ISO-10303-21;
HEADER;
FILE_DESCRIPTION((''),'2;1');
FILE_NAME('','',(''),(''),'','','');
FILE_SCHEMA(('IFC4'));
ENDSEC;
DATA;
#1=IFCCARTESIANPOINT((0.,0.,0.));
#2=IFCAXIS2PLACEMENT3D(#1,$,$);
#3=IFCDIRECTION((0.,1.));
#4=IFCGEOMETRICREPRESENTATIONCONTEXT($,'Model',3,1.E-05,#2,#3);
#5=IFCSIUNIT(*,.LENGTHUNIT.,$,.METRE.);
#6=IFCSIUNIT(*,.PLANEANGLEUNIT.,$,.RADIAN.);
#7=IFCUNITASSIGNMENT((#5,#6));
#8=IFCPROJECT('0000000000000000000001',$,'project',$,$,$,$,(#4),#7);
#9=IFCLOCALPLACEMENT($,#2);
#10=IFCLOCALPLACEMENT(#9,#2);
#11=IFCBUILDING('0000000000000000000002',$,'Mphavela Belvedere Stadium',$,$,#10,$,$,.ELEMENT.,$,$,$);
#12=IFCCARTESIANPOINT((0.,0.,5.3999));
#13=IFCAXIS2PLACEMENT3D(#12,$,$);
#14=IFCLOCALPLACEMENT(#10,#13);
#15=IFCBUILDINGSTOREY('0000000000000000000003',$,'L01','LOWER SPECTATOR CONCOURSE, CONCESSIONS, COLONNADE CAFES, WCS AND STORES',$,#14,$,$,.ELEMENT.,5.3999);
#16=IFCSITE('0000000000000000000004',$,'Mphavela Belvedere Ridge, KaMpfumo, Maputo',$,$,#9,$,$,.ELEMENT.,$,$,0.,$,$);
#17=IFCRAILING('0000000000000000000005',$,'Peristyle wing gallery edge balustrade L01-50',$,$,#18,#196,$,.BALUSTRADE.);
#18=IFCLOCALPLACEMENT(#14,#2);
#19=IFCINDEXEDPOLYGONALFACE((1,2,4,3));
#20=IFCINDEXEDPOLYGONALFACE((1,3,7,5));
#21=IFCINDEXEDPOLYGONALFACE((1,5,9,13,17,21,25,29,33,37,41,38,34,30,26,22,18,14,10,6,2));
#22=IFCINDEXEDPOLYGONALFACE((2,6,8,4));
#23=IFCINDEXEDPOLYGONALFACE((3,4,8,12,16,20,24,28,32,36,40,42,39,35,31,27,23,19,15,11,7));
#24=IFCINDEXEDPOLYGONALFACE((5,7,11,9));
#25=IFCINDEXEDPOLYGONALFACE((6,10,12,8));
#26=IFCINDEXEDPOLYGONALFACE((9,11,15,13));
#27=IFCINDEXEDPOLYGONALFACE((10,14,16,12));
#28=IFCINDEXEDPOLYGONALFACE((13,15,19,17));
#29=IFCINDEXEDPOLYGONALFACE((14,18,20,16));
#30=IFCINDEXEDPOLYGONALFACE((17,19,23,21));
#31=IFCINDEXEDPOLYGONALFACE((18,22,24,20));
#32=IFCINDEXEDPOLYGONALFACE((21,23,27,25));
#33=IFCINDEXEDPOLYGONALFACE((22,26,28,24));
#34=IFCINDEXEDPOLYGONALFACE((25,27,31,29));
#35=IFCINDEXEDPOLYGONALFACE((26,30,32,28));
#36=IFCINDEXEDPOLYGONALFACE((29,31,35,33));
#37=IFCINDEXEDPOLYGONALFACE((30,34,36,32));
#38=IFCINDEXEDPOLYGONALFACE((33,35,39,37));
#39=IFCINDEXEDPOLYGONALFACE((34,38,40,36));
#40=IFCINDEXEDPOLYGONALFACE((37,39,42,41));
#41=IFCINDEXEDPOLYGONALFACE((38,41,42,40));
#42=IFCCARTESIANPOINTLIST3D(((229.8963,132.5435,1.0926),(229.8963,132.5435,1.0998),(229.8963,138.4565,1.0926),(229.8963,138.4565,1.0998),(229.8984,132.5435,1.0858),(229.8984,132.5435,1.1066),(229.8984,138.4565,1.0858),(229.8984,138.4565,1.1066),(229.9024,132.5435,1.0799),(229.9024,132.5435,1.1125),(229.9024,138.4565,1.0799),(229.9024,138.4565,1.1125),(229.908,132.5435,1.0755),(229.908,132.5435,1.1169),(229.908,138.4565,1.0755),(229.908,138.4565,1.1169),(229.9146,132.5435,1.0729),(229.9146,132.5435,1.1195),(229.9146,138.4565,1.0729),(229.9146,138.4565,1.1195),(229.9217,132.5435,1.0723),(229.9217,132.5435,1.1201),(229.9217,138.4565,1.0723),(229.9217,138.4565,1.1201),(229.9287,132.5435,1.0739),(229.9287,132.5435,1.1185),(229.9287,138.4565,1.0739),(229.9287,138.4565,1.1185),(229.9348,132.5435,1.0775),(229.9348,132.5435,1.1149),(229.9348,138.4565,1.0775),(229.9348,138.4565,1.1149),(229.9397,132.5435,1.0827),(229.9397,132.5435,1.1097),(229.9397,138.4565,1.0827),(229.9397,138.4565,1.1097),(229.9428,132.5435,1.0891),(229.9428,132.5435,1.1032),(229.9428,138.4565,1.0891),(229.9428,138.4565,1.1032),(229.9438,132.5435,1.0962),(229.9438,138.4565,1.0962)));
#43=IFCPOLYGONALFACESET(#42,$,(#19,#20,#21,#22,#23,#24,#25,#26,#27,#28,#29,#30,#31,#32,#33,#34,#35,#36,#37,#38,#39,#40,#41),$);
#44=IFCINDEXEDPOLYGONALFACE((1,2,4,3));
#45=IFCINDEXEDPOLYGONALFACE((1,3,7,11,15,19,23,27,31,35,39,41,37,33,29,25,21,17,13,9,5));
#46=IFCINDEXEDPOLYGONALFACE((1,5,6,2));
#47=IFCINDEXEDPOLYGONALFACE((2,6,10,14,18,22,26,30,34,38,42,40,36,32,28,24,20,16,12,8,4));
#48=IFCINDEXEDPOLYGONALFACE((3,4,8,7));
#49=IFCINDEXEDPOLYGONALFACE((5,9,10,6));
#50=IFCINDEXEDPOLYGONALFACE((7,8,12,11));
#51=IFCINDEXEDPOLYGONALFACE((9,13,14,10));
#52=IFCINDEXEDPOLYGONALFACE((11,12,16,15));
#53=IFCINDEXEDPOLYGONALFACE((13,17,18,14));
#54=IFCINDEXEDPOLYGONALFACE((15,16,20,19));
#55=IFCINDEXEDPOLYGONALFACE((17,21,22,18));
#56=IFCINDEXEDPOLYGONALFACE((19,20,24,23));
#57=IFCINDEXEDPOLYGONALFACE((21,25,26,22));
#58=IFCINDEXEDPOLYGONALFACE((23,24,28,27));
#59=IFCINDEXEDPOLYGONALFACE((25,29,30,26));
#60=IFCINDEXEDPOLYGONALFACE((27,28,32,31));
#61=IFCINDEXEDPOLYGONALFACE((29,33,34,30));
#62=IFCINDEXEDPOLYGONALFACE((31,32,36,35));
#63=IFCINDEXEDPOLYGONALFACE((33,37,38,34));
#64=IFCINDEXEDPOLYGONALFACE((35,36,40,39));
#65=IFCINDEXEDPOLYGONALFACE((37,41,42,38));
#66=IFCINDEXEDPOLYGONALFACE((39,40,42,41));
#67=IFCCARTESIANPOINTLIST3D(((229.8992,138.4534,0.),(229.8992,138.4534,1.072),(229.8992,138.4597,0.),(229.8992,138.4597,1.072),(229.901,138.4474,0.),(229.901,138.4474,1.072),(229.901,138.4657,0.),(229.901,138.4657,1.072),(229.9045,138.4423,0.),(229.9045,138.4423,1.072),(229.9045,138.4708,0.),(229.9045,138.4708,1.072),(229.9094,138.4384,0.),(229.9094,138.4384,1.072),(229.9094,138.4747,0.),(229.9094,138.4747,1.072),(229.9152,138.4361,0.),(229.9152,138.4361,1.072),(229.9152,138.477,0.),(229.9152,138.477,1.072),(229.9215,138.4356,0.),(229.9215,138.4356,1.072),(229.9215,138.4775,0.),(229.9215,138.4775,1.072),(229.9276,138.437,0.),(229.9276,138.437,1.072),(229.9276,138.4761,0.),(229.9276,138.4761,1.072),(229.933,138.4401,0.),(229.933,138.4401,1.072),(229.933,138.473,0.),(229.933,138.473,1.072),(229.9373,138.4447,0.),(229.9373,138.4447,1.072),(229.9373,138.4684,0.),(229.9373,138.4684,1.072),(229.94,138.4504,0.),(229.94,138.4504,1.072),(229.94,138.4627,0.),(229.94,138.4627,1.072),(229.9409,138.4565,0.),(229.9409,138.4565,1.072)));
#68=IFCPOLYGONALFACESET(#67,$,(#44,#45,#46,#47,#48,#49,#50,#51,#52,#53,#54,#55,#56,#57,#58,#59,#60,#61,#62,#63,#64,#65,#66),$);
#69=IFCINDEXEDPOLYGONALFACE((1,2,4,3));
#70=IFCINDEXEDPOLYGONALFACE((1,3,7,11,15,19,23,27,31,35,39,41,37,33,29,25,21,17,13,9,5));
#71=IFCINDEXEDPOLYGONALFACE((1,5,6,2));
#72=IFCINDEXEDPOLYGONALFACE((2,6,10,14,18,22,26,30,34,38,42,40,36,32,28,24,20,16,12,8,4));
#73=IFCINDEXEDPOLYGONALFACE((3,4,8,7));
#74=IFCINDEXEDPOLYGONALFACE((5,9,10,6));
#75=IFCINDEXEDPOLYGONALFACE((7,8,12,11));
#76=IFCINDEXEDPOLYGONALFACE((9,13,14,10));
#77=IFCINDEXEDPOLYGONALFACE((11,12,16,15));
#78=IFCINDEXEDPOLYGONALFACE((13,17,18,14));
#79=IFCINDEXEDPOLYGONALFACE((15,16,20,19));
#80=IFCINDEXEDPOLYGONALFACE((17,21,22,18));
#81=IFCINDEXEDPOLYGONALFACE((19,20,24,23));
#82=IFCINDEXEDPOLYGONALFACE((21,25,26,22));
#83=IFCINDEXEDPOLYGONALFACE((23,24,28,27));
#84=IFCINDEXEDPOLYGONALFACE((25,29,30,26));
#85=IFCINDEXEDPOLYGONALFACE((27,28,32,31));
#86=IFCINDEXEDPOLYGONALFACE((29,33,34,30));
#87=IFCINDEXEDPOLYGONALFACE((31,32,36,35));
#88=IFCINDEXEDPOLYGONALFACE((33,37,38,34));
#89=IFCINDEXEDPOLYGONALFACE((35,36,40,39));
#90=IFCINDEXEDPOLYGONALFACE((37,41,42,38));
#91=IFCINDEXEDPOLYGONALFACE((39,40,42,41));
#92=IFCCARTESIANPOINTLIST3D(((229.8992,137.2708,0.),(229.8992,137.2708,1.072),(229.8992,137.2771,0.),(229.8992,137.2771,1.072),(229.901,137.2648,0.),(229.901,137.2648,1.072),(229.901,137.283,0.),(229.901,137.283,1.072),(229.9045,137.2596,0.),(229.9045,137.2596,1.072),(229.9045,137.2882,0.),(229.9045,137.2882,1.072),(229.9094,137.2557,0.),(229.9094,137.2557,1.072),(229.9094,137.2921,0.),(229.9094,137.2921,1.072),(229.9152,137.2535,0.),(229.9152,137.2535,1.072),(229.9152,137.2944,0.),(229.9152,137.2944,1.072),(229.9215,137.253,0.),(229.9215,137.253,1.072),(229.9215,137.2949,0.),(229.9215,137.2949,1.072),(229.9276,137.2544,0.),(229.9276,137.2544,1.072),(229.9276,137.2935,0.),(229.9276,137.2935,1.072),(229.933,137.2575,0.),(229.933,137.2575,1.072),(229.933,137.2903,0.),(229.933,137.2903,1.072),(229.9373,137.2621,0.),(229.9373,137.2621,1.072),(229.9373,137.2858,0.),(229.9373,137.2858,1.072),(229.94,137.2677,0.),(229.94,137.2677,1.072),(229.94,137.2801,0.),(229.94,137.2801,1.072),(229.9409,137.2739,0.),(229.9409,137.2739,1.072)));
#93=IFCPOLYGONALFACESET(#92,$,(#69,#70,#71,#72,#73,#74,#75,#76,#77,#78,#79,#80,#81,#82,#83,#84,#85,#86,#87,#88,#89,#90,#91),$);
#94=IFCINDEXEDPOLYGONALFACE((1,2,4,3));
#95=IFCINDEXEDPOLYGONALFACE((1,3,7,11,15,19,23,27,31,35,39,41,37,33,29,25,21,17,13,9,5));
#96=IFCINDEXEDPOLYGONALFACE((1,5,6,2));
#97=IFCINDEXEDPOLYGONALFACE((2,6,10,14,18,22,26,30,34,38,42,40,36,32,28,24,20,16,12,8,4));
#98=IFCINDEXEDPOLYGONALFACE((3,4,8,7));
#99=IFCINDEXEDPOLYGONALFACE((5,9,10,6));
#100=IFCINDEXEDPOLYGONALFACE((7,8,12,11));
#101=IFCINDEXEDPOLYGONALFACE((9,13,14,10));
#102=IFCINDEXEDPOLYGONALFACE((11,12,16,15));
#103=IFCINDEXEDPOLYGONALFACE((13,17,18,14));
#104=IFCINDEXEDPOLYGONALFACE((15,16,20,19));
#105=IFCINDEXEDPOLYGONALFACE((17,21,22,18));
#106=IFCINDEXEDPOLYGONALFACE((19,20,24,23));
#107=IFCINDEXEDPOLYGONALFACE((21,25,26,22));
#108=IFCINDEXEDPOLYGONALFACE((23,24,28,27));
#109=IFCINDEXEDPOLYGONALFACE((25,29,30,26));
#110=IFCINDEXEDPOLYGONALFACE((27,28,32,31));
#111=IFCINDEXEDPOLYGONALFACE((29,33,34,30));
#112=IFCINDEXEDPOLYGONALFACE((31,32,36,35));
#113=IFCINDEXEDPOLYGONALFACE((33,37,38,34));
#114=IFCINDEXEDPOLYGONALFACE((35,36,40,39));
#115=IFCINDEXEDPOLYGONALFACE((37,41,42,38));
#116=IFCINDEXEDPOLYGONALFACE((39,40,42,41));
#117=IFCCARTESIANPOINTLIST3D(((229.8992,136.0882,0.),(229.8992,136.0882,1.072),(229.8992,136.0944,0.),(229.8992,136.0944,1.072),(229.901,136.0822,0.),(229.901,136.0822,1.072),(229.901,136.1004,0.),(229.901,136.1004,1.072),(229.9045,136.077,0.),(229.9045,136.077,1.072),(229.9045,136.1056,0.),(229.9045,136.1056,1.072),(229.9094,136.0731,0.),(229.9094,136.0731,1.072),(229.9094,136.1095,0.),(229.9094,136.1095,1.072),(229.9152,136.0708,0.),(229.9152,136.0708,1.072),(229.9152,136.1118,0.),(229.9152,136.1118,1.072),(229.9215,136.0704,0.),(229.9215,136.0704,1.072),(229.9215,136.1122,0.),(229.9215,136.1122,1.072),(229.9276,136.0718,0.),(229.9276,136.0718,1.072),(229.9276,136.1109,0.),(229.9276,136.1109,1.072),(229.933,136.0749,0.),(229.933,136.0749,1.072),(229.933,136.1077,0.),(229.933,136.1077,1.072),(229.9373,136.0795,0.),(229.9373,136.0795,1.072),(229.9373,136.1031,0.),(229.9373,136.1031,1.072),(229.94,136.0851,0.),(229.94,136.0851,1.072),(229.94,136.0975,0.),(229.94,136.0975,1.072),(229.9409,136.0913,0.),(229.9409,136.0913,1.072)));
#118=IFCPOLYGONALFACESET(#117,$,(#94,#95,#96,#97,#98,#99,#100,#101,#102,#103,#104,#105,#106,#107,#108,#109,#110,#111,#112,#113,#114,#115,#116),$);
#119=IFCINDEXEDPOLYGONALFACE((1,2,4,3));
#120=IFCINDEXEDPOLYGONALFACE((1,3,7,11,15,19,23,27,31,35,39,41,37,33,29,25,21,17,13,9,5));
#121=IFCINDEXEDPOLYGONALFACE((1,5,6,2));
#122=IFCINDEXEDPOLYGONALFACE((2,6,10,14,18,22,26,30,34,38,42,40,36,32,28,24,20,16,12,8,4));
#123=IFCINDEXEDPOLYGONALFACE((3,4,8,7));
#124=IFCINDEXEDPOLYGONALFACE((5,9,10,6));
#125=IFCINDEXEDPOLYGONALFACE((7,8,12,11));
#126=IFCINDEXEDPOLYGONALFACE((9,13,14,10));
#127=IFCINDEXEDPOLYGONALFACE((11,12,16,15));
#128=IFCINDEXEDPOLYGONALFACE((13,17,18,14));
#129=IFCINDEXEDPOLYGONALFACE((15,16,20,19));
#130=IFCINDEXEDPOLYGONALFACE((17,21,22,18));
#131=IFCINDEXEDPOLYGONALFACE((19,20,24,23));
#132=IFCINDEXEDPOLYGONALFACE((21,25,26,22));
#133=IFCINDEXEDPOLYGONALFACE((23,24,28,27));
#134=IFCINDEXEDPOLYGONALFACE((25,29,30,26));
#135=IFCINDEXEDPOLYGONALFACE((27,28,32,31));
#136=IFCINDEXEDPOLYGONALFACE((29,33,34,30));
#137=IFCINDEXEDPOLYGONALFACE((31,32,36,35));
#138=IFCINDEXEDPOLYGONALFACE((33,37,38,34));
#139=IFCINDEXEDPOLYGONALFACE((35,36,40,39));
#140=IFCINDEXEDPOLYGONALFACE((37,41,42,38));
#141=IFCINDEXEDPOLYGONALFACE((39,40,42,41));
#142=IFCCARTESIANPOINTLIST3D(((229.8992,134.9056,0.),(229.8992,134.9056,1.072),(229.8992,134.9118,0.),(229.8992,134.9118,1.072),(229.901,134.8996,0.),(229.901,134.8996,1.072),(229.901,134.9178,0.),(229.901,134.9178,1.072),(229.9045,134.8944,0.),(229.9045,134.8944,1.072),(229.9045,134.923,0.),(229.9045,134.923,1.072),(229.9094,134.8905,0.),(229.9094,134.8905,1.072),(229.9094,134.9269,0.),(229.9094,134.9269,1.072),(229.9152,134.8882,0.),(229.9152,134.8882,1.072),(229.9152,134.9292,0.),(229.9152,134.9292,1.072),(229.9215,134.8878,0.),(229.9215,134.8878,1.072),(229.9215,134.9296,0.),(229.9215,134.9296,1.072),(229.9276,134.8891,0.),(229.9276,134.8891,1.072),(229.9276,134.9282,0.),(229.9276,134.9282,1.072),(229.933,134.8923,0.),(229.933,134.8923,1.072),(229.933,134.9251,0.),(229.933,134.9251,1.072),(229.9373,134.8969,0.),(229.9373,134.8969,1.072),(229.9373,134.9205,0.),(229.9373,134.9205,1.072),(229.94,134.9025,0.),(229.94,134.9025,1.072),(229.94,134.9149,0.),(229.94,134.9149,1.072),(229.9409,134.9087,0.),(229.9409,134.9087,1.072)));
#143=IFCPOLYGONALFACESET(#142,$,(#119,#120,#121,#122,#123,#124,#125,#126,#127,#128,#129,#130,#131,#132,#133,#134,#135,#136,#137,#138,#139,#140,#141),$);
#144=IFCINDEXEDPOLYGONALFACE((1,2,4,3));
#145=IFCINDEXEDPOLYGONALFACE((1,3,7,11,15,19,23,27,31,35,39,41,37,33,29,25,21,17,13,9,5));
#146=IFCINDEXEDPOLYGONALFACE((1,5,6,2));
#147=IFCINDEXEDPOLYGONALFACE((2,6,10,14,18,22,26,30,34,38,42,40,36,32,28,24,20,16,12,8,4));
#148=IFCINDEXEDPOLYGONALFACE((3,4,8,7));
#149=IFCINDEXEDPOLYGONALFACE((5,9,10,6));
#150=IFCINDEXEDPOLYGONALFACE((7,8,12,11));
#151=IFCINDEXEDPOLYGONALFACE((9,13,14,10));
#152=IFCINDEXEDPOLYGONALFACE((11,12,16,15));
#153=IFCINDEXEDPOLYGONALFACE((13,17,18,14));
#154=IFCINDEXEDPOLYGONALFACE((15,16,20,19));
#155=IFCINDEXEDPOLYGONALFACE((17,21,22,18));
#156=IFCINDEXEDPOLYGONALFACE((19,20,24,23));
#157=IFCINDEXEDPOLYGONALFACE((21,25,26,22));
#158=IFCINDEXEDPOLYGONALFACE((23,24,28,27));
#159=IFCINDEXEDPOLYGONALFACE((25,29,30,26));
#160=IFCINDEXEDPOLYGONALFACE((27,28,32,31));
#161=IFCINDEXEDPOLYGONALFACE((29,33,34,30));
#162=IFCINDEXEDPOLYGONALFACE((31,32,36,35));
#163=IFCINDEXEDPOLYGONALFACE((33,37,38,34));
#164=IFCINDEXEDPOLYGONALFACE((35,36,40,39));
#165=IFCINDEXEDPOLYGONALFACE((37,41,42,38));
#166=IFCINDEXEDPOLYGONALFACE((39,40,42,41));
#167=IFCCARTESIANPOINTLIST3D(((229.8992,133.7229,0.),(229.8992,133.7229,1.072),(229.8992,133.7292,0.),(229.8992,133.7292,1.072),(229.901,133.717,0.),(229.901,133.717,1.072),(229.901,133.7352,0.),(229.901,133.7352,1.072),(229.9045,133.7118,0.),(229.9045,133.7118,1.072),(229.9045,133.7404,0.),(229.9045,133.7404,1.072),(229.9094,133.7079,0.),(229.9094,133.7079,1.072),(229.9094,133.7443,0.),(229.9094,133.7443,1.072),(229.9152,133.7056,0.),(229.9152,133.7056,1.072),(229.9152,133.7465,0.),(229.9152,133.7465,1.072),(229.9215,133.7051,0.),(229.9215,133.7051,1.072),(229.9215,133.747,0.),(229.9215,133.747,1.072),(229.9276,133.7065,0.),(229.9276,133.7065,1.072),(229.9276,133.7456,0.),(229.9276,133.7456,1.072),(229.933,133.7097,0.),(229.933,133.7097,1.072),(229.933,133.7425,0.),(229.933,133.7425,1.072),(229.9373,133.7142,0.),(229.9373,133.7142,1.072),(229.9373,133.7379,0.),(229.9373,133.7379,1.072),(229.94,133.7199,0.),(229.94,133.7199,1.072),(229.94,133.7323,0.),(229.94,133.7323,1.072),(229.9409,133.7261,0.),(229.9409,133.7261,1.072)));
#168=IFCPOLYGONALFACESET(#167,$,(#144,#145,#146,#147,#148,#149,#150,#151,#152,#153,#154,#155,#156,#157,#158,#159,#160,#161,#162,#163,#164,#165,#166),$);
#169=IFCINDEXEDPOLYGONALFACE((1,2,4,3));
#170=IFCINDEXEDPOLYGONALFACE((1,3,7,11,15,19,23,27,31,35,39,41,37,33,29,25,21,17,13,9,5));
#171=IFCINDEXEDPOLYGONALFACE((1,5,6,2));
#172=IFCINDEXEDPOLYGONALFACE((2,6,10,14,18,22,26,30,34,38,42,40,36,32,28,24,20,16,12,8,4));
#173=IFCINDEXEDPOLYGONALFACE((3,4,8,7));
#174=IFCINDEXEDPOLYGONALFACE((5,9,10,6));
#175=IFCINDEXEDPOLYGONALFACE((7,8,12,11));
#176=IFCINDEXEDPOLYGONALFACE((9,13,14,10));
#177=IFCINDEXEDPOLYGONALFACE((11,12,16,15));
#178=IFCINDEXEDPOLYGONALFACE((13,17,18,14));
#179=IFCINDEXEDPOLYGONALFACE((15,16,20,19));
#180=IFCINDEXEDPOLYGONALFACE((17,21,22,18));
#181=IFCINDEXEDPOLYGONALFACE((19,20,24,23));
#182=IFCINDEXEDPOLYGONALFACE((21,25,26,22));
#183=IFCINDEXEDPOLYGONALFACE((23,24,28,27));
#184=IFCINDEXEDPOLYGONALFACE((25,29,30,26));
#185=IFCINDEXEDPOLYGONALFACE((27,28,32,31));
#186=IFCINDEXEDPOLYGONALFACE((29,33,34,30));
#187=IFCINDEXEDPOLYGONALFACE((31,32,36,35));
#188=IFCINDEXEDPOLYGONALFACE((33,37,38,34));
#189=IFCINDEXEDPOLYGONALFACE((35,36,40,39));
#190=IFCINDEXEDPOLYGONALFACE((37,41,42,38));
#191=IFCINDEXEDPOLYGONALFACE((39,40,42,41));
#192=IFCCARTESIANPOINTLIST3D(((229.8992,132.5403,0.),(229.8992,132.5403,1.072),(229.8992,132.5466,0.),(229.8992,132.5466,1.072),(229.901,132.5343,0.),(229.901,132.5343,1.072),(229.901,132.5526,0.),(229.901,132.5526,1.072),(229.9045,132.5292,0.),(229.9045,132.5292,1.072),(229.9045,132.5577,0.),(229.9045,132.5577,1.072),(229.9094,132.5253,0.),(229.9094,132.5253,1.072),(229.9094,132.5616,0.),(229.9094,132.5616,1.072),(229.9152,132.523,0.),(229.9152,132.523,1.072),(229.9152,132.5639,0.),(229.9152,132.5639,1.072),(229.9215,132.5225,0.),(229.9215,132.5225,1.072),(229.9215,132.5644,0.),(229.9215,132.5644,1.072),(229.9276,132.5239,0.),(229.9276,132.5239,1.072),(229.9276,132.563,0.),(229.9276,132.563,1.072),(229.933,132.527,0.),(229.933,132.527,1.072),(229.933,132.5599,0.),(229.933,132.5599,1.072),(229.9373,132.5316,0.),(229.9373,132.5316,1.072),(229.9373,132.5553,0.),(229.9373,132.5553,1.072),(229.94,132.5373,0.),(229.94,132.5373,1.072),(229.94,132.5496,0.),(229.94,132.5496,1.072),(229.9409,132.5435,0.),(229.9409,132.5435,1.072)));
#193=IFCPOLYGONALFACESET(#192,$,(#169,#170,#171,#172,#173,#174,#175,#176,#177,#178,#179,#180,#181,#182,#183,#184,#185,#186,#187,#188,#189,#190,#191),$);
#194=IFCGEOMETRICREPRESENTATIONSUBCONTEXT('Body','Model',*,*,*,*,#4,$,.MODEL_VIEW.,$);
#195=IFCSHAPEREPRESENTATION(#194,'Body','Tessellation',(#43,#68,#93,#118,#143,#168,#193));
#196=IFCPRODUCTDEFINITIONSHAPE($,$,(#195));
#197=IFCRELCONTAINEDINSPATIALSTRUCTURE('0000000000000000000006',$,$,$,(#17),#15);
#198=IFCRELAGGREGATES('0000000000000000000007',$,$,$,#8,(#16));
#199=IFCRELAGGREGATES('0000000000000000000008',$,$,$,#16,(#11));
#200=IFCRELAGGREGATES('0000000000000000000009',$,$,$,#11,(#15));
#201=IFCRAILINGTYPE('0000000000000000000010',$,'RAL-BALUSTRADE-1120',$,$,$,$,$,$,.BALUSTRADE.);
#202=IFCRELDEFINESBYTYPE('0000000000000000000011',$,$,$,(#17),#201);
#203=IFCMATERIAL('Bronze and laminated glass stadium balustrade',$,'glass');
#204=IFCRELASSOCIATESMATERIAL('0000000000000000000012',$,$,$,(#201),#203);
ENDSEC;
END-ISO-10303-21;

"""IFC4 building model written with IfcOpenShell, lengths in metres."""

from ifc_helpers import new_model, si_unit, direction, frame, origin, origin_2d, place, context, subcontext, project, spatial, circle, extrude, material, type_object, element, save


model = new_model("IFC4")

# Units and contexts
model_context = context("Model", 3, precision=1e-05, world=origin(), true_north=direction((0.0, 1.0)))
body_context = subcontext(model_context, "Body", "Model", "MODEL_VIEW")
ifc_project = project(units=[si_unit("LENGTHUNIT", "METRE"), si_unit("PLANEANGLEUNIT", "RADIAN")], contexts=[model_context])

# Site, building, storey
site_placement = place(None, origin())
site = spatial("IfcSite", under=ifc_project, at=site_placement, Name="Mphavela Belvedere Ridge, KaMpfumo, Maputo", CompositionType="ELEMENT", RefElevation=0.0)
building_placement = place(site_placement, origin())
building = spatial("IfcBuilding", under=site, at=building_placement, Name="Mphavela Belvedere Stadium", CompositionType="ELEMENT")
storey_placement = place(building_placement, frame((0.0, 0.0, 5.3999)))
storey = spatial("IfcBuildingStorey", under=building, at=storey_placement, Name="L01", Description="LOWER SPECTATOR CONCOURSE, CONCESSIONS, COLONNADE CAFES, WCS AND STORES", CompositionType="ELEMENT", Elevation=5.3999)

# Railing
ifc_material_1 = material(Name="Bronze and laminated glass stadium balustrade", Category="glass")
railing_type = type_object("IfcRailingType", Name="RAL-BALUSTRADE-1120", PredefinedType="BALUSTRADE", material=ifc_material_1)
for number, where, name in (
    (1, (229.9199, 138.4565, 0.0), "Peristyle wing gallery edge balustrade L01-50"),
):
    element("IfcRailing", number, at=place(storey_placement, frame(where)), inside=storey, type_object=railing_type, Name=name, PredefinedType="BALUSTRADE", context=body_context, shape_type="SweptSolid", body=[
        extrude(circle(Radius=0.0239, at=origin_2d()), frame((0.0, 0.0, 1.0962), z_axis=(0.0, -1.0, 0.0), x_axis=(1.0, 0.0, 0.0)), (0.0, 0.0, 1.0), 5.9131),
        extrude(circle(Radius=0.021, at=origin_2d()), origin(), (0.0, 0.0, 1.0), 1.072),
        extrude(circle(Radius=0.021, at=origin_2d()), frame((0.0, -1.1826, 0.0)), (0.0, 0.0, 1.0), 1.072),
        extrude(circle(Radius=0.021, at=origin_2d()), frame((0.0, -2.3652, 0.0)), (0.0, 0.0, 1.0), 1.072),
        extrude(circle(Radius=0.021, at=origin_2d()), frame((0.0, -3.5479, 0.0)), (0.0, 0.0, 1.0), 1.072),
        extrude(circle(Radius=0.021, at=origin_2d()), frame((0.0, -4.7305, 0.0)), (0.0, 0.0, 1.0), 1.072),
        extrude(circle(Radius=0.021, at=origin_2d()), frame((0.0, -5.9131, 0.0)), (0.0, 0.0, 1.0), 1.072),
    ])

save(model, "model.ifc")
